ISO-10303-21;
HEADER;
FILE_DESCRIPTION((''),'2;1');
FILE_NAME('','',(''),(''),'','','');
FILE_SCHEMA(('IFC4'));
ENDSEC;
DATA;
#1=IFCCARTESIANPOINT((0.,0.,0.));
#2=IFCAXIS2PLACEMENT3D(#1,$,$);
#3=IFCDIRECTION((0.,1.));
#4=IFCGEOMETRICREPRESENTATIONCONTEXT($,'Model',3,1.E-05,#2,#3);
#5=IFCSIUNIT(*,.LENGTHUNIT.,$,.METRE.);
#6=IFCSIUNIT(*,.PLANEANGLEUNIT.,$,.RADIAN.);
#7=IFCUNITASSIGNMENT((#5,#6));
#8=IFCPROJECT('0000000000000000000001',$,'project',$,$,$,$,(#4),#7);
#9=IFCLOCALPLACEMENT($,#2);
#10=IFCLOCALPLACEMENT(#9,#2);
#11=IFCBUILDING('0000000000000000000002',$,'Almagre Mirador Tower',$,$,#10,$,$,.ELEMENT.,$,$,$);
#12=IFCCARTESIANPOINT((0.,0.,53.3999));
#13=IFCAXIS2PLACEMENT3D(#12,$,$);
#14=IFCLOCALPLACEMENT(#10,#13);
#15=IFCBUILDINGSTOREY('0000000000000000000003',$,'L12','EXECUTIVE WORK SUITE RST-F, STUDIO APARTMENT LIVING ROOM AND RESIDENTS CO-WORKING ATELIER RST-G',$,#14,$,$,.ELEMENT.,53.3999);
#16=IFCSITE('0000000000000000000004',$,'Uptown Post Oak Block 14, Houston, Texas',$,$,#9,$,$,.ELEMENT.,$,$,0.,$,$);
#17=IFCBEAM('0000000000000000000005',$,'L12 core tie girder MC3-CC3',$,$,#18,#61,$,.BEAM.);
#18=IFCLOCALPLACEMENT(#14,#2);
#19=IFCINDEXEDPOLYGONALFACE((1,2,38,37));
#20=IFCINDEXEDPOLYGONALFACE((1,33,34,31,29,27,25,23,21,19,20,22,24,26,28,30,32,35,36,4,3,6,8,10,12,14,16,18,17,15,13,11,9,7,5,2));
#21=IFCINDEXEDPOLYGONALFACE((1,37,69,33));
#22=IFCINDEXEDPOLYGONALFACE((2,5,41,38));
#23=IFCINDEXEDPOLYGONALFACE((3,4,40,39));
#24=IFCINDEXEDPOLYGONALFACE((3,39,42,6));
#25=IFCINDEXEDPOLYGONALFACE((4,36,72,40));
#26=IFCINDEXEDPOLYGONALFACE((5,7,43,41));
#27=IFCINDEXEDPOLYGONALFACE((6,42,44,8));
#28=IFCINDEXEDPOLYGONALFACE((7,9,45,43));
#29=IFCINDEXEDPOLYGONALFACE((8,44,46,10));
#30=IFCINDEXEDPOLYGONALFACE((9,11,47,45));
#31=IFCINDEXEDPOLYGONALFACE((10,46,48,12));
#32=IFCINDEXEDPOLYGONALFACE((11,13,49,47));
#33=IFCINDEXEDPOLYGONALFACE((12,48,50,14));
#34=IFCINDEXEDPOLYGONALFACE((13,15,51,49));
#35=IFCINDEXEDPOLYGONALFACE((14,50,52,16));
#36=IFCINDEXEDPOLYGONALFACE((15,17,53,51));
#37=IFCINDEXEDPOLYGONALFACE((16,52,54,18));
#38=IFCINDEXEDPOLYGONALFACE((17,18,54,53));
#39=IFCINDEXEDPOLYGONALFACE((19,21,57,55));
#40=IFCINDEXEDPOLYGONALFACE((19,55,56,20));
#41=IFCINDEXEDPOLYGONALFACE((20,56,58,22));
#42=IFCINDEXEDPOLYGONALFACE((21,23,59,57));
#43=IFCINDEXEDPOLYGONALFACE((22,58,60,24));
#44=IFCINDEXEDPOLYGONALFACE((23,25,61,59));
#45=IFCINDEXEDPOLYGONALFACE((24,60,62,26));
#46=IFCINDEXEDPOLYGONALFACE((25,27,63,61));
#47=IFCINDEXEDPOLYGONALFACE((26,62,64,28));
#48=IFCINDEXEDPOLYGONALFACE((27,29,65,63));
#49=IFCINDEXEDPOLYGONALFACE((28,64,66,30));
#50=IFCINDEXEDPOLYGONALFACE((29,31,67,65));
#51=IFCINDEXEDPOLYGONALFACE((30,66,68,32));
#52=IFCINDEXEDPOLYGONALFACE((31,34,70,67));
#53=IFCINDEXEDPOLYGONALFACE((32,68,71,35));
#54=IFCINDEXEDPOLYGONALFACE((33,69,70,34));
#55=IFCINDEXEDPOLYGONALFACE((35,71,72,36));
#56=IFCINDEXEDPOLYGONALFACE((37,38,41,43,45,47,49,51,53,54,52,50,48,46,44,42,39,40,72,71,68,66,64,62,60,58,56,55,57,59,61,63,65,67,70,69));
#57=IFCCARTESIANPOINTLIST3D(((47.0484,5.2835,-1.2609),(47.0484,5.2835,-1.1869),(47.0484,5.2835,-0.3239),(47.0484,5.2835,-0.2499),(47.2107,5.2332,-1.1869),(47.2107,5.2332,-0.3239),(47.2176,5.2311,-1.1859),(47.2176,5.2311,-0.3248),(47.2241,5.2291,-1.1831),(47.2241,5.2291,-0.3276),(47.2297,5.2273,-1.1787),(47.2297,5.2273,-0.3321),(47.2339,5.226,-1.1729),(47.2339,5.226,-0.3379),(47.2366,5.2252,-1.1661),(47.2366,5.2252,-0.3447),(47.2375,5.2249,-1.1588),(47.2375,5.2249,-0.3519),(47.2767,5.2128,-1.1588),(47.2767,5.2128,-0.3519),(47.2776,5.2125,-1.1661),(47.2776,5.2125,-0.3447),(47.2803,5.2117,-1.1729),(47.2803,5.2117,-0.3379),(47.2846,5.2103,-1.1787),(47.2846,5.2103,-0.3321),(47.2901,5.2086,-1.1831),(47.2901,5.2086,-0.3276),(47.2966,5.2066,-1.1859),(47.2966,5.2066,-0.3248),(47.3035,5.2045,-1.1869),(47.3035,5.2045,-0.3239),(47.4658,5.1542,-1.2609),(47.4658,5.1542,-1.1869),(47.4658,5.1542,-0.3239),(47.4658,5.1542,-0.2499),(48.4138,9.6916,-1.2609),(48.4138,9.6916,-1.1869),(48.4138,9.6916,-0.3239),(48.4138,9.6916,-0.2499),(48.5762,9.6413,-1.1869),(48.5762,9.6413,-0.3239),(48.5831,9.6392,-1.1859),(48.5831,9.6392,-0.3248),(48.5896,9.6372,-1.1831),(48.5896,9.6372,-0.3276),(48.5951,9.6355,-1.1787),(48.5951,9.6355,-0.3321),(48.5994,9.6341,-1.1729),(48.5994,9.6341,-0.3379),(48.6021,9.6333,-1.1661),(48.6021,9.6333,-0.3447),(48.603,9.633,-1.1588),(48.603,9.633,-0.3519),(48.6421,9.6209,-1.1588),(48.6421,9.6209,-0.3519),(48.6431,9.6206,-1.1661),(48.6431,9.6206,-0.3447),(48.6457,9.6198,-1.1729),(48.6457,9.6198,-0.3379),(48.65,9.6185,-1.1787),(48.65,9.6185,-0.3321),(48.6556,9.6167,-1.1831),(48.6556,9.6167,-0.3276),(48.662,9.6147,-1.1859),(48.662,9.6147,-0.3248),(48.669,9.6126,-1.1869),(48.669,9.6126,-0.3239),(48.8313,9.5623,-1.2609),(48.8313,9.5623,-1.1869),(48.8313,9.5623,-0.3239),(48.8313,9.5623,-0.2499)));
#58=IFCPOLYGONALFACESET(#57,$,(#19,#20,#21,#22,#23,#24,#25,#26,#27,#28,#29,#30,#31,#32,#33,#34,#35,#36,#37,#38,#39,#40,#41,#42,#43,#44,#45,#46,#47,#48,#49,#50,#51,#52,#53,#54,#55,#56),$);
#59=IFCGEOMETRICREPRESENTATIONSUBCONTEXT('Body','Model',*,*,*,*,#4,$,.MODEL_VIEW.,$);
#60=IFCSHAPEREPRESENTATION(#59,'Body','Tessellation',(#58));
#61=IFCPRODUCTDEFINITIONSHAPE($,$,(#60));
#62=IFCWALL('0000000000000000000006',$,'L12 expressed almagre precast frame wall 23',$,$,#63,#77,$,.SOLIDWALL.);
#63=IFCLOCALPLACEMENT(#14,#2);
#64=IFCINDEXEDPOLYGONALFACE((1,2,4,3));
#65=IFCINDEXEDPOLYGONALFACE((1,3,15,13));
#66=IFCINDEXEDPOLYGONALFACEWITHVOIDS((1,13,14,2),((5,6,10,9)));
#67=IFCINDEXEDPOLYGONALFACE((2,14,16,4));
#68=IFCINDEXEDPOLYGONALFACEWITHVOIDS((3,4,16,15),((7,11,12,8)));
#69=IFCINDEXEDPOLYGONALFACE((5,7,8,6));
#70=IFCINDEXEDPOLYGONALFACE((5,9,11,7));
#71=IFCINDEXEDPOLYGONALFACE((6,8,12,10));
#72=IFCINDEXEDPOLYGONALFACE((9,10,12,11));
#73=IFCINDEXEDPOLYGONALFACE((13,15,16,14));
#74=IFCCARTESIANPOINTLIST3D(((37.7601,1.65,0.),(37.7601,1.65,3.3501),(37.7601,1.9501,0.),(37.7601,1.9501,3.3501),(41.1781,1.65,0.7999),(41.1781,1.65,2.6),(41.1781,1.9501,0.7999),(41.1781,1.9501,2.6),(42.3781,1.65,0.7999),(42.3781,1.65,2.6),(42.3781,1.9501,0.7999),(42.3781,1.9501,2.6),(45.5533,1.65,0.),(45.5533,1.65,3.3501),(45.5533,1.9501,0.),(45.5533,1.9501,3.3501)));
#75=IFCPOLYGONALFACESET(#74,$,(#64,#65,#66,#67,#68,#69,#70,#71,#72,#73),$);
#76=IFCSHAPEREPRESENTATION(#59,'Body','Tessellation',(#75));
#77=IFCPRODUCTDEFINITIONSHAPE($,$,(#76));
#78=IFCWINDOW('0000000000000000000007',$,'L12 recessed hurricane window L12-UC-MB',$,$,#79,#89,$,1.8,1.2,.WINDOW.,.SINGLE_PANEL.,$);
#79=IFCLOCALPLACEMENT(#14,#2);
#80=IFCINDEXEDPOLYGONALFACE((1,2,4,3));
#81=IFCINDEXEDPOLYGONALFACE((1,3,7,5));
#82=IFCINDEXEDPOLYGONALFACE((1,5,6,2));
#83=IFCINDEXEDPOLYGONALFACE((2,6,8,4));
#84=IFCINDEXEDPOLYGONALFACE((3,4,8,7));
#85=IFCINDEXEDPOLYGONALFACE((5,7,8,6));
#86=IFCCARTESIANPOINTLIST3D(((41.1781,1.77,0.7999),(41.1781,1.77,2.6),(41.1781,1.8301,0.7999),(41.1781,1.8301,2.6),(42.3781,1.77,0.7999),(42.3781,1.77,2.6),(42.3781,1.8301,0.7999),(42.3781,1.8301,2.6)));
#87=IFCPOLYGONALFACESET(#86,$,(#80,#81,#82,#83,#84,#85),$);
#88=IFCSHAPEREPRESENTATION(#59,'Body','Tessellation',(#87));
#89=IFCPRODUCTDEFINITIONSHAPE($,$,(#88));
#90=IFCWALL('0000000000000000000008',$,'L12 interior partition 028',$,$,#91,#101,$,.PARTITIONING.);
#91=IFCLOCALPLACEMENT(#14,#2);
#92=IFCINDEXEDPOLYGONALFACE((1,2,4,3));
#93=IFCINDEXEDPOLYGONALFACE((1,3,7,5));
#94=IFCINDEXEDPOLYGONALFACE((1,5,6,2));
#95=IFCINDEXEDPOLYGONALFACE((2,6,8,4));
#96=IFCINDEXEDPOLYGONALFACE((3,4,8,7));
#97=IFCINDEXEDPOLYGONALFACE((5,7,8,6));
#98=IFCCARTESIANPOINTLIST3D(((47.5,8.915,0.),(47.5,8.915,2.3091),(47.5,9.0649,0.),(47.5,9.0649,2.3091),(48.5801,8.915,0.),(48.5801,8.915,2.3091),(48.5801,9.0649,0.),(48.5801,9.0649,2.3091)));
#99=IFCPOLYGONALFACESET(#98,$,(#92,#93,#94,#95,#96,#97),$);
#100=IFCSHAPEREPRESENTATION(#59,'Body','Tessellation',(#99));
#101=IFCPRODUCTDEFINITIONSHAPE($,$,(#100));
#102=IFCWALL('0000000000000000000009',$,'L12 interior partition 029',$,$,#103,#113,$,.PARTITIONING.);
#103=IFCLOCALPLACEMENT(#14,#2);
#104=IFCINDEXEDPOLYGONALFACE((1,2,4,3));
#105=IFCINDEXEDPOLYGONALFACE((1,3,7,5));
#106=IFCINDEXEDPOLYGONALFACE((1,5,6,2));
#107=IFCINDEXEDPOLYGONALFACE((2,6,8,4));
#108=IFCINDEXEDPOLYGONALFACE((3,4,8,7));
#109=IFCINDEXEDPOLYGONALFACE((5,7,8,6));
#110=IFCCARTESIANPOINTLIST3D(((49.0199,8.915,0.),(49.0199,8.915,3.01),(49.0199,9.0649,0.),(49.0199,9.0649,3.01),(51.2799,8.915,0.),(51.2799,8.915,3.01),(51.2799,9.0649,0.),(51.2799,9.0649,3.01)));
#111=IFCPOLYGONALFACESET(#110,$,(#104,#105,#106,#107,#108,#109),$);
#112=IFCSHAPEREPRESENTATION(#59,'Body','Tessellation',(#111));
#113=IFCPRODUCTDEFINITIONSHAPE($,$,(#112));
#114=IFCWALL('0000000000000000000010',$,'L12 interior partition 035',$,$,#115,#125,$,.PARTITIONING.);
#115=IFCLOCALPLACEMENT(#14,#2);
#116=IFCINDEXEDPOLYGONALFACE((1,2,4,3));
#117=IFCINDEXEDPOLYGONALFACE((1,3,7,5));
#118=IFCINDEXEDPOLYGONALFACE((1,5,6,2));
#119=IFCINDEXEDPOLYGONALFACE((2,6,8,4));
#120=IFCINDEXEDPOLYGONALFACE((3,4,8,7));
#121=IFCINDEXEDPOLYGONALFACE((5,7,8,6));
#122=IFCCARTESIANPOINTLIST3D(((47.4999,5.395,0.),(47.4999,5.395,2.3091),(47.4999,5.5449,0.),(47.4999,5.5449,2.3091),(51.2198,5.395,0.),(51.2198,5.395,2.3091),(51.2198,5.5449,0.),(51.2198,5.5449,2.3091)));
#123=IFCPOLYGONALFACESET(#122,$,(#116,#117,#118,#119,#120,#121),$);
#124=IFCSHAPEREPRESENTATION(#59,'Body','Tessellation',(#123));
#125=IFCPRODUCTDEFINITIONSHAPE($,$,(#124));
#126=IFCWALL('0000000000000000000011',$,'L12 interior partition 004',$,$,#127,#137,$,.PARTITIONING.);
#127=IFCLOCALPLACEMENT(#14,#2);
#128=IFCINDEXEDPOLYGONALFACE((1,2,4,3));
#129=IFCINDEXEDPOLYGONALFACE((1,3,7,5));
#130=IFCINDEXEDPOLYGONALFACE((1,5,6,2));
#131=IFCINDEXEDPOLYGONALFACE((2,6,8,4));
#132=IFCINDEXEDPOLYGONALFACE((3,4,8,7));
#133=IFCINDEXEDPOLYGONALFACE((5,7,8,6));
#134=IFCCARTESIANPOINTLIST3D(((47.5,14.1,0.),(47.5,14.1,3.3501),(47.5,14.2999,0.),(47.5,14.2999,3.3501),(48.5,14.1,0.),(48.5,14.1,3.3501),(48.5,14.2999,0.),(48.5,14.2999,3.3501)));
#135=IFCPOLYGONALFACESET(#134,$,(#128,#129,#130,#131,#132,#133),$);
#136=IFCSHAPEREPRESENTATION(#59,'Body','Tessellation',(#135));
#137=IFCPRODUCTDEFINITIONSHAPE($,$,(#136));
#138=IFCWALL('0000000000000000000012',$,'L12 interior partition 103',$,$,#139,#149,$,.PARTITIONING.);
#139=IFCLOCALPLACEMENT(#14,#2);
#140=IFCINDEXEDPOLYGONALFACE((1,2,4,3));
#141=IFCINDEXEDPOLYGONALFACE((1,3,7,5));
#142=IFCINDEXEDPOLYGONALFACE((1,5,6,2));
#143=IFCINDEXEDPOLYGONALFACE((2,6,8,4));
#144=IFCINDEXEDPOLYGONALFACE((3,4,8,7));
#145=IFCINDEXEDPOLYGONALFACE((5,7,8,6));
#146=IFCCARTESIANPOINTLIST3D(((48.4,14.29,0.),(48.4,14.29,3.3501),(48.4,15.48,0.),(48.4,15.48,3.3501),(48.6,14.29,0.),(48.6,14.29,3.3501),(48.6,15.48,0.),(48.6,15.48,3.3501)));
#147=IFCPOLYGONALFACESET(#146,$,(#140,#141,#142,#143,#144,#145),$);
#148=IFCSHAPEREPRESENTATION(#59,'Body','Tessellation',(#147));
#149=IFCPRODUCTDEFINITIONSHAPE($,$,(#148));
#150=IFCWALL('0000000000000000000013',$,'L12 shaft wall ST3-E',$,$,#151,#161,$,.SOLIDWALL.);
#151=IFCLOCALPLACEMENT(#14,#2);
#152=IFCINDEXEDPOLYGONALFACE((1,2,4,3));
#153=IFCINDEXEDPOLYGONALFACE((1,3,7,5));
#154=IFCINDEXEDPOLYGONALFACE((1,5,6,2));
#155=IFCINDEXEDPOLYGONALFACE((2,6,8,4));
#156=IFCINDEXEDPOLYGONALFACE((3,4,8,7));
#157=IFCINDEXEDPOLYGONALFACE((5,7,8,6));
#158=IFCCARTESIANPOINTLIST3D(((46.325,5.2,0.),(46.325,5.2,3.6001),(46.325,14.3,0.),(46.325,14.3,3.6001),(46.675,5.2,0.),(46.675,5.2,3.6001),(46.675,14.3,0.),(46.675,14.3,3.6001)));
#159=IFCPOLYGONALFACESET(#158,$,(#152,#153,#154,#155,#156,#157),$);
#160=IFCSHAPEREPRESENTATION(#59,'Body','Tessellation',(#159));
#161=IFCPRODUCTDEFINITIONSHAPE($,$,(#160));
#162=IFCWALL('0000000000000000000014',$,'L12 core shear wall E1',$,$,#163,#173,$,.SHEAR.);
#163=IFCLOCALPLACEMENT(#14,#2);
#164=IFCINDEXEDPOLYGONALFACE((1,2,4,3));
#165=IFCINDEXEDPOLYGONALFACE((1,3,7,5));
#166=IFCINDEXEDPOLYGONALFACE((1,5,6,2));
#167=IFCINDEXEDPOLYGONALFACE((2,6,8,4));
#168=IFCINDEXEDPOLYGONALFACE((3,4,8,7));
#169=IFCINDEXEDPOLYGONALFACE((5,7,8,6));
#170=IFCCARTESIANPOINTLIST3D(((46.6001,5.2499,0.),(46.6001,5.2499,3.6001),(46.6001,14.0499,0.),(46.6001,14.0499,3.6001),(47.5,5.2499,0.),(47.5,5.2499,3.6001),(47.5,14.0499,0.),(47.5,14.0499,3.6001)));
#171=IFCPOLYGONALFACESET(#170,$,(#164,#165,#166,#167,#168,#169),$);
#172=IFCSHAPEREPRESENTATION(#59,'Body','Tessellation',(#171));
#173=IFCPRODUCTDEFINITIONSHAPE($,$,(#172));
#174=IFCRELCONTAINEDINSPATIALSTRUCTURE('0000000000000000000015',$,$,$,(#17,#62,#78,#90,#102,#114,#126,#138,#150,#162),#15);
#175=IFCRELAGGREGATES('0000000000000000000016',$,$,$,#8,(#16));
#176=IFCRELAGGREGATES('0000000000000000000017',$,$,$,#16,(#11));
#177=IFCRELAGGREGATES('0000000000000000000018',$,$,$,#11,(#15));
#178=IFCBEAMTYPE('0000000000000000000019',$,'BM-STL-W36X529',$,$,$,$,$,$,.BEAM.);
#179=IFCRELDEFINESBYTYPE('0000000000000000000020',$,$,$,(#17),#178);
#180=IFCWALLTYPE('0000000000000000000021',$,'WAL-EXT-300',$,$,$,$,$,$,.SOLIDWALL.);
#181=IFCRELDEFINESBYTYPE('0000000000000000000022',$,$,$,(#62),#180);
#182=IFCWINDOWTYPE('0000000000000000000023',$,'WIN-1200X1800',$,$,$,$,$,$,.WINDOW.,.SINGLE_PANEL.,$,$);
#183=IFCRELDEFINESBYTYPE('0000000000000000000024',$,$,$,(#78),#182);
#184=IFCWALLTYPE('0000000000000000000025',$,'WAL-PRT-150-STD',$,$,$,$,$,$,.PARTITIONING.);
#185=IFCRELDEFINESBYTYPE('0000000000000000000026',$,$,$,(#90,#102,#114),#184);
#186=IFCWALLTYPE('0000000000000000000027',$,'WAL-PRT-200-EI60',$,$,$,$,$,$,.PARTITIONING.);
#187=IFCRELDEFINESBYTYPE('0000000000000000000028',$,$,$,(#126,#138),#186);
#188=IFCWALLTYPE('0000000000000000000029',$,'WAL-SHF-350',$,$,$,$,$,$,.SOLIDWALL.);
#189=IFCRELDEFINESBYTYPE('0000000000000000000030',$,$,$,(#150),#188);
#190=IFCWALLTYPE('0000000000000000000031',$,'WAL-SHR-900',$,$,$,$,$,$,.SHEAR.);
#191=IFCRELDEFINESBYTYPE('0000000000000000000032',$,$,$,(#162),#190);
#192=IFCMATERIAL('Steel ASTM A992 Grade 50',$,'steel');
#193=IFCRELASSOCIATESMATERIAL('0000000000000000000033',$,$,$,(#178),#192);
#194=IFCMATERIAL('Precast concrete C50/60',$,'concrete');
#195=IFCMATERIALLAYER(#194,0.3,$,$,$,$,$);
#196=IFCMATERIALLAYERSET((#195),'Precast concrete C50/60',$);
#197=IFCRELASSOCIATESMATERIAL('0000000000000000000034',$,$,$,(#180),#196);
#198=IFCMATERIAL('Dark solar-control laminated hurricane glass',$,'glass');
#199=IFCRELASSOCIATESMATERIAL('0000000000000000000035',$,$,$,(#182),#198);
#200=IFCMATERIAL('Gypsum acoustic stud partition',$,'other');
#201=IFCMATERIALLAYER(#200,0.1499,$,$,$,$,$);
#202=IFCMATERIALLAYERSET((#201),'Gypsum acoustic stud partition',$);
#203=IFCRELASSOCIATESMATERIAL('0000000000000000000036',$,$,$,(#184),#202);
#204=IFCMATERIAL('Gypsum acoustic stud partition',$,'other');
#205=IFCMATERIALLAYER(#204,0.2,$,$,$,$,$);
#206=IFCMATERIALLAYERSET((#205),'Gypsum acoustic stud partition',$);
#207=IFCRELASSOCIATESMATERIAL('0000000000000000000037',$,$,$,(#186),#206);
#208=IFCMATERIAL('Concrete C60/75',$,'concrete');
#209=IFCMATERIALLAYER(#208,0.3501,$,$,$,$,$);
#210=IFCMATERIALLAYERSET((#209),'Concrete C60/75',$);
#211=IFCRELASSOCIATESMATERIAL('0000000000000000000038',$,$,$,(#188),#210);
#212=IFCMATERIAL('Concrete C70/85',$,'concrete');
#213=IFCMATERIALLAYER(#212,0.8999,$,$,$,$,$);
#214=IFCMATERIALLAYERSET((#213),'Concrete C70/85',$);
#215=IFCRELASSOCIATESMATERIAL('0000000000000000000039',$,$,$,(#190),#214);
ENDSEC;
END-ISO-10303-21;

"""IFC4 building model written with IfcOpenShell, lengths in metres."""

from ifc_helpers import new_model, si_unit, direction, frame, frame_2d, origin, origin_2d, place, context, subcontext, project, spatial, rectangle, i_section, extrude, material, layer, layer_set, material_profile, profile_set, type_object, element, fill, save


model = new_model("IFC4")

# Units and contexts
model_context = context("Model", 3, precision=1e-05, world=origin(), true_north=direction((0.0, 1.0)))
body_context = subcontext(model_context, "Body", "Model", "MODEL_VIEW")
ifc_project = project(units=[si_unit("LENGTHUNIT", "METRE"), si_unit("PLANEANGLEUNIT", "RADIAN")], contexts=[model_context])

# Site, building, storey
site_placement = place(None, origin())
site = spatial("IfcSite", under=ifc_project, at=site_placement, Name="Uptown Post Oak Block 14, Houston, Texas", CompositionType="ELEMENT", RefElevation=0.0)
building_placement = place(site_placement, origin())
building = spatial("IfcBuilding", under=site, at=building_placement, Name="Almagre Mirador Tower", CompositionType="ELEMENT")
storey_placement = place(building_placement, frame((0.0, 0.0, 53.3999)))
storey = spatial("IfcBuildingStorey", under=building, at=storey_placement, Name="L12", Description="EXECUTIVE WORK SUITE RST-F, STUDIO APARTMENT LIVING ROOM AND RESIDENTS CO-WORKING ATELIER RST-G", CompositionType="ELEMENT", Elevation=53.3999)

# Beam
ifc_material_1 = material(Name="Steel ASTM A992 Grade 50", Category="steel")
ifc_material_profile_1 = material_profile(ifc_material_1, i_section(OverallWidth=0.437, OverallDepth=1.011, WebThickness=0.041, FlangeThickness=0.074, FilletRadius=0.0281, at=origin_2d()), Name="W36X529")
ifc_profile_set_1 = profile_set([ifc_material_profile_1], Name="Steel ASTM A992 Grade 50")
beam_type_1 = type_object("IfcBeamType", Name="BM-STL-W36X529", PredefinedType="BEAM", material=ifc_profile_set_1)
beam_1_placement = place(storey_placement, frame((48.6226, 9.627, -0.7554), z_axis=(-0.295888, -0.955223, 0.0), x_axis=(0.955223, -0.295888, 0.0)))
element("IfcBeam", 1, at=beam_1_placement, inside=storey, type_object=beam_type_1, Name="L12 core tie girder MC3-CC3", PredefinedType="BEAM", context=body_context, shape_type="SweptSolid", body=[
    extrude(i_section(OverallWidth=0.437, OverallDepth=1.011, WebThickness=0.041, FlangeThickness=0.074, FilletRadius=0.0281, at=origin_2d()), origin(), (0.0, 0.0, 1.0), 4.6147),
])

# Wall, opening, window
ifc_material_2 = material(Name="Precast concrete C50/60", Category="concrete")
ifc_layer_1 = layer(ifc_material_2, 0.3)
ifc_layer_set_1 = layer_set([ifc_layer_1], Name="Precast concrete C50/60")
wall_type_1 = type_object("IfcWallType", Name="WAL-EXT-300", PredefinedType="SOLIDWALL", material=ifc_layer_set_1)
wall_1_placement = place(storey_placement, frame((45.5532, 1.8, 0.0), z_axis=(0.0, 0.0, 1.0), x_axis=(-1.0, 0.0, 0.0)))
wall_1 = element("IfcWall", 2, at=wall_1_placement, inside=storey, type_object=wall_type_1, Name="L12 expressed almagre precast frame wall 23", PredefinedType="SOLIDWALL", context=body_context, shape_type="SweptSolid", body=[
    extrude(rectangle(XDim=7.7932, YDim=0.3, at=frame_2d((3.8965, 0.0))), origin(), (0.0, 0.0, 1.0), 3.3501),
])
opening_1_placement = place(wall_1_placement, frame((3.175, 0.0, 0.8)))
opening_1 = element("IfcOpeningElement", 3, at=opening_1_placement, cuts=wall_1, PredefinedType="OPENING", context=body_context, shape_type="SweptSolid", body=[
    extrude(rectangle(XDim=1.2, YDim=1.8, at=frame_2d((0.6001, 0.8999))), frame((0.0, 0.1599, 0.0), z_axis=(0.0, -1.0, 0.0), x_axis=(1.0, 0.0, 0.0)), (0.0, 0.0, 1.0), 0.32),
])
ifc_material_3 = material(Name="Dark solar-control laminated hurricane glass", Category="glass")
window_type = type_object("IfcWindowType", Name="WIN-1200X1800", PartitioningType="SINGLE_PANEL", PredefinedType="WINDOW", material=ifc_material_3)
window_placement = place(opening_1_placement, origin())
window = element("IfcWindow", 4, at=window_placement, inside=storey, type_object=window_type, Name="L12 recessed hurricane window L12-UC-MB", OverallHeight=1.8, OverallWidth=1.2, PartitioningType="SINGLE_PANEL", PredefinedType="WINDOW", context=body_context, shape_type="SweptSolid", body=[
    extrude(rectangle(XDim=1.2, YDim=1.8, at=frame_2d((0.6001, 0.8999))), frame((0.0, 0.03, 0.0), z_axis=(0.0, -1.0, 0.0), x_axis=(1.0, 0.0, 0.0)), (0.0, 0.0, 1.0), 0.0601),
])
fill(opening_1, window)

# Walls
ifc_material_4 = material(Name="Gypsum acoustic stud partition", Category="other")
ifc_layer_2 = layer(ifc_material_4, 0.1499)
ifc_layer_set_2 = layer_set([ifc_layer_2], Name="Gypsum acoustic stud partition")
wall_type_2 = type_object("IfcWallType", Name="WAL-PRT-150-STD", PredefinedType="PARTITIONING", material=ifc_layer_set_2)
wall_2_placement = place(storey_placement, frame((47.5, 8.99, 0.0), z_axis=(0.0, 0.0, 1.0), x_axis=(1.0, 0.0, 0.0)))
element("IfcWall", 5, at=wall_2_placement, inside=storey, type_object=wall_type_2, Name="L12 interior partition 028", PredefinedType="PARTITIONING", context=body_context, shape_type="SweptSolid", body=[
    extrude(rectangle(XDim=1.0801, YDim=0.1499, at=frame_2d((0.54, 0.0))), origin(), (0.0, 0.0, 1.0), 2.3091),
])
wall_3_placement = place(storey_placement, frame((49.02, 8.99, 0.0), z_axis=(0.0, 0.0, 1.0), x_axis=(1.0, 0.0, 0.0)))
element("IfcWall", 6, at=wall_3_placement, inside=storey, type_object=wall_type_2, Name="L12 interior partition 029", PredefinedType="PARTITIONING", context=body_context, shape_type="SweptSolid", body=[
    extrude(rectangle(XDim=2.26, YDim=0.1499, at=frame_2d((1.1299, 0.0))), origin(), (0.0, 0.0, 1.0), 3.01),
])
wall_4_placement = place(storey_placement, frame((47.5, 5.47, 0.0), z_axis=(0.0, 0.0, 1.0), x_axis=(1.0, 0.0, 0.0)))
element("IfcWall", 7, at=wall_4_placement, inside=storey, type_object=wall_type_2, Name="L12 interior partition 035", PredefinedType="PARTITIONING", context=body_context, shape_type="SweptSolid", body=[
    extrude(rectangle(XDim=3.72, YDim=0.1499, at=frame_2d((1.8599, 0.0))), origin(), (0.0, 0.0, 1.0), 2.3091),
])
ifc_material_5 = material(Name="Gypsum acoustic stud partition", Category="other")
ifc_layer_3 = layer(ifc_material_5, 0.2)
ifc_layer_set_3 = layer_set([ifc_layer_3], Name="Gypsum acoustic stud partition")
wall_type_3 = type_object("IfcWallType", Name="WAL-PRT-200-EI60", PredefinedType="PARTITIONING", material=ifc_layer_set_3)
wall_5_placement = place(storey_placement, frame((47.5, 14.2, 0.0), z_axis=(0.0, 0.0, 1.0), x_axis=(1.0, 0.0, 0.0)))
element("IfcWall", 8, at=wall_5_placement, inside=storey, type_object=wall_type_3, Name="L12 interior partition 004", PredefinedType="PARTITIONING", context=body_context, shape_type="SweptSolid", body=[
    extrude(rectangle(XDim=1.0, YDim=0.2, at=frame_2d((0.5, 0.0))), origin(), (0.0, 0.0, 1.0), 3.3501),
])
wall_6_placement = place(storey_placement, frame((48.5, 14.29, 0.0), z_axis=(0.0, 0.0, 1.0), x_axis=(0.0, 1.0, 0.0)))
element("IfcWall", 9, at=wall_6_placement, inside=storey, type_object=wall_type_3, Name="L12 interior partition 103", PredefinedType="PARTITIONING", context=body_context, shape_type="SweptSolid", body=[
    extrude(rectangle(XDim=1.1899, YDim=0.2, at=frame_2d((0.595, 0.0))), origin(), (0.0, 0.0, 1.0), 3.3501),
])
ifc_material_6 = material(Name="Concrete C60/75", Category="concrete")
ifc_layer_4 = layer(ifc_material_6, 0.3501)
ifc_layer_set_4 = layer_set([ifc_layer_4], Name="Concrete C60/75")
wall_type_4 = type_object("IfcWallType", Name="WAL-SHF-350", PredefinedType="SOLIDWALL", material=ifc_layer_set_4)
wall_7_placement = place(storey_placement, frame((46.5, 5.2, 0.0), z_axis=(0.0, 0.0, 1.0), x_axis=(0.0, 1.0, 0.0)))
element("IfcWall", 10, at=wall_7_placement, inside=storey, type_object=wall_type_4, Name="L12 shaft wall ST3-E", PredefinedType="SOLIDWALL", context=body_context, shape_type="SweptSolid", body=[
    extrude(rectangle(XDim=9.1001, YDim=0.3501, at=frame_2d((4.55, 0.0))), origin(), (0.0, 0.0, 1.0), 3.6001),
])
ifc_material_7 = material(Name="Concrete C70/85", Category="concrete")
ifc_layer_5 = layer(ifc_material_7, 0.8999)
ifc_layer_set_5 = layer_set([ifc_layer_5], Name="Concrete C70/85")
wall_type_5 = type_object("IfcWallType", Name="WAL-SHR-900", PredefinedType="SHEAR", material=ifc_layer_set_5)
wall_8_placement = place(storey_placement, frame((47.05, 5.25, 0.0), z_axis=(0.0, 0.0, 1.0), x_axis=(0.0, 1.0, 0.0)))
element("IfcWall", 11, at=wall_8_placement, inside=storey, type_object=wall_type_5, Name="L12 core shear wall E1", PredefinedType="SHEAR", context=body_context, shape_type="SweptSolid", body=[
    extrude(rectangle(XDim=8.8, YDim=0.8999, at=frame_2d((4.3999, 0.0))), origin(), (0.0, 0.0, 1.0), 3.6001),
])

save(model, "model.ifc")
